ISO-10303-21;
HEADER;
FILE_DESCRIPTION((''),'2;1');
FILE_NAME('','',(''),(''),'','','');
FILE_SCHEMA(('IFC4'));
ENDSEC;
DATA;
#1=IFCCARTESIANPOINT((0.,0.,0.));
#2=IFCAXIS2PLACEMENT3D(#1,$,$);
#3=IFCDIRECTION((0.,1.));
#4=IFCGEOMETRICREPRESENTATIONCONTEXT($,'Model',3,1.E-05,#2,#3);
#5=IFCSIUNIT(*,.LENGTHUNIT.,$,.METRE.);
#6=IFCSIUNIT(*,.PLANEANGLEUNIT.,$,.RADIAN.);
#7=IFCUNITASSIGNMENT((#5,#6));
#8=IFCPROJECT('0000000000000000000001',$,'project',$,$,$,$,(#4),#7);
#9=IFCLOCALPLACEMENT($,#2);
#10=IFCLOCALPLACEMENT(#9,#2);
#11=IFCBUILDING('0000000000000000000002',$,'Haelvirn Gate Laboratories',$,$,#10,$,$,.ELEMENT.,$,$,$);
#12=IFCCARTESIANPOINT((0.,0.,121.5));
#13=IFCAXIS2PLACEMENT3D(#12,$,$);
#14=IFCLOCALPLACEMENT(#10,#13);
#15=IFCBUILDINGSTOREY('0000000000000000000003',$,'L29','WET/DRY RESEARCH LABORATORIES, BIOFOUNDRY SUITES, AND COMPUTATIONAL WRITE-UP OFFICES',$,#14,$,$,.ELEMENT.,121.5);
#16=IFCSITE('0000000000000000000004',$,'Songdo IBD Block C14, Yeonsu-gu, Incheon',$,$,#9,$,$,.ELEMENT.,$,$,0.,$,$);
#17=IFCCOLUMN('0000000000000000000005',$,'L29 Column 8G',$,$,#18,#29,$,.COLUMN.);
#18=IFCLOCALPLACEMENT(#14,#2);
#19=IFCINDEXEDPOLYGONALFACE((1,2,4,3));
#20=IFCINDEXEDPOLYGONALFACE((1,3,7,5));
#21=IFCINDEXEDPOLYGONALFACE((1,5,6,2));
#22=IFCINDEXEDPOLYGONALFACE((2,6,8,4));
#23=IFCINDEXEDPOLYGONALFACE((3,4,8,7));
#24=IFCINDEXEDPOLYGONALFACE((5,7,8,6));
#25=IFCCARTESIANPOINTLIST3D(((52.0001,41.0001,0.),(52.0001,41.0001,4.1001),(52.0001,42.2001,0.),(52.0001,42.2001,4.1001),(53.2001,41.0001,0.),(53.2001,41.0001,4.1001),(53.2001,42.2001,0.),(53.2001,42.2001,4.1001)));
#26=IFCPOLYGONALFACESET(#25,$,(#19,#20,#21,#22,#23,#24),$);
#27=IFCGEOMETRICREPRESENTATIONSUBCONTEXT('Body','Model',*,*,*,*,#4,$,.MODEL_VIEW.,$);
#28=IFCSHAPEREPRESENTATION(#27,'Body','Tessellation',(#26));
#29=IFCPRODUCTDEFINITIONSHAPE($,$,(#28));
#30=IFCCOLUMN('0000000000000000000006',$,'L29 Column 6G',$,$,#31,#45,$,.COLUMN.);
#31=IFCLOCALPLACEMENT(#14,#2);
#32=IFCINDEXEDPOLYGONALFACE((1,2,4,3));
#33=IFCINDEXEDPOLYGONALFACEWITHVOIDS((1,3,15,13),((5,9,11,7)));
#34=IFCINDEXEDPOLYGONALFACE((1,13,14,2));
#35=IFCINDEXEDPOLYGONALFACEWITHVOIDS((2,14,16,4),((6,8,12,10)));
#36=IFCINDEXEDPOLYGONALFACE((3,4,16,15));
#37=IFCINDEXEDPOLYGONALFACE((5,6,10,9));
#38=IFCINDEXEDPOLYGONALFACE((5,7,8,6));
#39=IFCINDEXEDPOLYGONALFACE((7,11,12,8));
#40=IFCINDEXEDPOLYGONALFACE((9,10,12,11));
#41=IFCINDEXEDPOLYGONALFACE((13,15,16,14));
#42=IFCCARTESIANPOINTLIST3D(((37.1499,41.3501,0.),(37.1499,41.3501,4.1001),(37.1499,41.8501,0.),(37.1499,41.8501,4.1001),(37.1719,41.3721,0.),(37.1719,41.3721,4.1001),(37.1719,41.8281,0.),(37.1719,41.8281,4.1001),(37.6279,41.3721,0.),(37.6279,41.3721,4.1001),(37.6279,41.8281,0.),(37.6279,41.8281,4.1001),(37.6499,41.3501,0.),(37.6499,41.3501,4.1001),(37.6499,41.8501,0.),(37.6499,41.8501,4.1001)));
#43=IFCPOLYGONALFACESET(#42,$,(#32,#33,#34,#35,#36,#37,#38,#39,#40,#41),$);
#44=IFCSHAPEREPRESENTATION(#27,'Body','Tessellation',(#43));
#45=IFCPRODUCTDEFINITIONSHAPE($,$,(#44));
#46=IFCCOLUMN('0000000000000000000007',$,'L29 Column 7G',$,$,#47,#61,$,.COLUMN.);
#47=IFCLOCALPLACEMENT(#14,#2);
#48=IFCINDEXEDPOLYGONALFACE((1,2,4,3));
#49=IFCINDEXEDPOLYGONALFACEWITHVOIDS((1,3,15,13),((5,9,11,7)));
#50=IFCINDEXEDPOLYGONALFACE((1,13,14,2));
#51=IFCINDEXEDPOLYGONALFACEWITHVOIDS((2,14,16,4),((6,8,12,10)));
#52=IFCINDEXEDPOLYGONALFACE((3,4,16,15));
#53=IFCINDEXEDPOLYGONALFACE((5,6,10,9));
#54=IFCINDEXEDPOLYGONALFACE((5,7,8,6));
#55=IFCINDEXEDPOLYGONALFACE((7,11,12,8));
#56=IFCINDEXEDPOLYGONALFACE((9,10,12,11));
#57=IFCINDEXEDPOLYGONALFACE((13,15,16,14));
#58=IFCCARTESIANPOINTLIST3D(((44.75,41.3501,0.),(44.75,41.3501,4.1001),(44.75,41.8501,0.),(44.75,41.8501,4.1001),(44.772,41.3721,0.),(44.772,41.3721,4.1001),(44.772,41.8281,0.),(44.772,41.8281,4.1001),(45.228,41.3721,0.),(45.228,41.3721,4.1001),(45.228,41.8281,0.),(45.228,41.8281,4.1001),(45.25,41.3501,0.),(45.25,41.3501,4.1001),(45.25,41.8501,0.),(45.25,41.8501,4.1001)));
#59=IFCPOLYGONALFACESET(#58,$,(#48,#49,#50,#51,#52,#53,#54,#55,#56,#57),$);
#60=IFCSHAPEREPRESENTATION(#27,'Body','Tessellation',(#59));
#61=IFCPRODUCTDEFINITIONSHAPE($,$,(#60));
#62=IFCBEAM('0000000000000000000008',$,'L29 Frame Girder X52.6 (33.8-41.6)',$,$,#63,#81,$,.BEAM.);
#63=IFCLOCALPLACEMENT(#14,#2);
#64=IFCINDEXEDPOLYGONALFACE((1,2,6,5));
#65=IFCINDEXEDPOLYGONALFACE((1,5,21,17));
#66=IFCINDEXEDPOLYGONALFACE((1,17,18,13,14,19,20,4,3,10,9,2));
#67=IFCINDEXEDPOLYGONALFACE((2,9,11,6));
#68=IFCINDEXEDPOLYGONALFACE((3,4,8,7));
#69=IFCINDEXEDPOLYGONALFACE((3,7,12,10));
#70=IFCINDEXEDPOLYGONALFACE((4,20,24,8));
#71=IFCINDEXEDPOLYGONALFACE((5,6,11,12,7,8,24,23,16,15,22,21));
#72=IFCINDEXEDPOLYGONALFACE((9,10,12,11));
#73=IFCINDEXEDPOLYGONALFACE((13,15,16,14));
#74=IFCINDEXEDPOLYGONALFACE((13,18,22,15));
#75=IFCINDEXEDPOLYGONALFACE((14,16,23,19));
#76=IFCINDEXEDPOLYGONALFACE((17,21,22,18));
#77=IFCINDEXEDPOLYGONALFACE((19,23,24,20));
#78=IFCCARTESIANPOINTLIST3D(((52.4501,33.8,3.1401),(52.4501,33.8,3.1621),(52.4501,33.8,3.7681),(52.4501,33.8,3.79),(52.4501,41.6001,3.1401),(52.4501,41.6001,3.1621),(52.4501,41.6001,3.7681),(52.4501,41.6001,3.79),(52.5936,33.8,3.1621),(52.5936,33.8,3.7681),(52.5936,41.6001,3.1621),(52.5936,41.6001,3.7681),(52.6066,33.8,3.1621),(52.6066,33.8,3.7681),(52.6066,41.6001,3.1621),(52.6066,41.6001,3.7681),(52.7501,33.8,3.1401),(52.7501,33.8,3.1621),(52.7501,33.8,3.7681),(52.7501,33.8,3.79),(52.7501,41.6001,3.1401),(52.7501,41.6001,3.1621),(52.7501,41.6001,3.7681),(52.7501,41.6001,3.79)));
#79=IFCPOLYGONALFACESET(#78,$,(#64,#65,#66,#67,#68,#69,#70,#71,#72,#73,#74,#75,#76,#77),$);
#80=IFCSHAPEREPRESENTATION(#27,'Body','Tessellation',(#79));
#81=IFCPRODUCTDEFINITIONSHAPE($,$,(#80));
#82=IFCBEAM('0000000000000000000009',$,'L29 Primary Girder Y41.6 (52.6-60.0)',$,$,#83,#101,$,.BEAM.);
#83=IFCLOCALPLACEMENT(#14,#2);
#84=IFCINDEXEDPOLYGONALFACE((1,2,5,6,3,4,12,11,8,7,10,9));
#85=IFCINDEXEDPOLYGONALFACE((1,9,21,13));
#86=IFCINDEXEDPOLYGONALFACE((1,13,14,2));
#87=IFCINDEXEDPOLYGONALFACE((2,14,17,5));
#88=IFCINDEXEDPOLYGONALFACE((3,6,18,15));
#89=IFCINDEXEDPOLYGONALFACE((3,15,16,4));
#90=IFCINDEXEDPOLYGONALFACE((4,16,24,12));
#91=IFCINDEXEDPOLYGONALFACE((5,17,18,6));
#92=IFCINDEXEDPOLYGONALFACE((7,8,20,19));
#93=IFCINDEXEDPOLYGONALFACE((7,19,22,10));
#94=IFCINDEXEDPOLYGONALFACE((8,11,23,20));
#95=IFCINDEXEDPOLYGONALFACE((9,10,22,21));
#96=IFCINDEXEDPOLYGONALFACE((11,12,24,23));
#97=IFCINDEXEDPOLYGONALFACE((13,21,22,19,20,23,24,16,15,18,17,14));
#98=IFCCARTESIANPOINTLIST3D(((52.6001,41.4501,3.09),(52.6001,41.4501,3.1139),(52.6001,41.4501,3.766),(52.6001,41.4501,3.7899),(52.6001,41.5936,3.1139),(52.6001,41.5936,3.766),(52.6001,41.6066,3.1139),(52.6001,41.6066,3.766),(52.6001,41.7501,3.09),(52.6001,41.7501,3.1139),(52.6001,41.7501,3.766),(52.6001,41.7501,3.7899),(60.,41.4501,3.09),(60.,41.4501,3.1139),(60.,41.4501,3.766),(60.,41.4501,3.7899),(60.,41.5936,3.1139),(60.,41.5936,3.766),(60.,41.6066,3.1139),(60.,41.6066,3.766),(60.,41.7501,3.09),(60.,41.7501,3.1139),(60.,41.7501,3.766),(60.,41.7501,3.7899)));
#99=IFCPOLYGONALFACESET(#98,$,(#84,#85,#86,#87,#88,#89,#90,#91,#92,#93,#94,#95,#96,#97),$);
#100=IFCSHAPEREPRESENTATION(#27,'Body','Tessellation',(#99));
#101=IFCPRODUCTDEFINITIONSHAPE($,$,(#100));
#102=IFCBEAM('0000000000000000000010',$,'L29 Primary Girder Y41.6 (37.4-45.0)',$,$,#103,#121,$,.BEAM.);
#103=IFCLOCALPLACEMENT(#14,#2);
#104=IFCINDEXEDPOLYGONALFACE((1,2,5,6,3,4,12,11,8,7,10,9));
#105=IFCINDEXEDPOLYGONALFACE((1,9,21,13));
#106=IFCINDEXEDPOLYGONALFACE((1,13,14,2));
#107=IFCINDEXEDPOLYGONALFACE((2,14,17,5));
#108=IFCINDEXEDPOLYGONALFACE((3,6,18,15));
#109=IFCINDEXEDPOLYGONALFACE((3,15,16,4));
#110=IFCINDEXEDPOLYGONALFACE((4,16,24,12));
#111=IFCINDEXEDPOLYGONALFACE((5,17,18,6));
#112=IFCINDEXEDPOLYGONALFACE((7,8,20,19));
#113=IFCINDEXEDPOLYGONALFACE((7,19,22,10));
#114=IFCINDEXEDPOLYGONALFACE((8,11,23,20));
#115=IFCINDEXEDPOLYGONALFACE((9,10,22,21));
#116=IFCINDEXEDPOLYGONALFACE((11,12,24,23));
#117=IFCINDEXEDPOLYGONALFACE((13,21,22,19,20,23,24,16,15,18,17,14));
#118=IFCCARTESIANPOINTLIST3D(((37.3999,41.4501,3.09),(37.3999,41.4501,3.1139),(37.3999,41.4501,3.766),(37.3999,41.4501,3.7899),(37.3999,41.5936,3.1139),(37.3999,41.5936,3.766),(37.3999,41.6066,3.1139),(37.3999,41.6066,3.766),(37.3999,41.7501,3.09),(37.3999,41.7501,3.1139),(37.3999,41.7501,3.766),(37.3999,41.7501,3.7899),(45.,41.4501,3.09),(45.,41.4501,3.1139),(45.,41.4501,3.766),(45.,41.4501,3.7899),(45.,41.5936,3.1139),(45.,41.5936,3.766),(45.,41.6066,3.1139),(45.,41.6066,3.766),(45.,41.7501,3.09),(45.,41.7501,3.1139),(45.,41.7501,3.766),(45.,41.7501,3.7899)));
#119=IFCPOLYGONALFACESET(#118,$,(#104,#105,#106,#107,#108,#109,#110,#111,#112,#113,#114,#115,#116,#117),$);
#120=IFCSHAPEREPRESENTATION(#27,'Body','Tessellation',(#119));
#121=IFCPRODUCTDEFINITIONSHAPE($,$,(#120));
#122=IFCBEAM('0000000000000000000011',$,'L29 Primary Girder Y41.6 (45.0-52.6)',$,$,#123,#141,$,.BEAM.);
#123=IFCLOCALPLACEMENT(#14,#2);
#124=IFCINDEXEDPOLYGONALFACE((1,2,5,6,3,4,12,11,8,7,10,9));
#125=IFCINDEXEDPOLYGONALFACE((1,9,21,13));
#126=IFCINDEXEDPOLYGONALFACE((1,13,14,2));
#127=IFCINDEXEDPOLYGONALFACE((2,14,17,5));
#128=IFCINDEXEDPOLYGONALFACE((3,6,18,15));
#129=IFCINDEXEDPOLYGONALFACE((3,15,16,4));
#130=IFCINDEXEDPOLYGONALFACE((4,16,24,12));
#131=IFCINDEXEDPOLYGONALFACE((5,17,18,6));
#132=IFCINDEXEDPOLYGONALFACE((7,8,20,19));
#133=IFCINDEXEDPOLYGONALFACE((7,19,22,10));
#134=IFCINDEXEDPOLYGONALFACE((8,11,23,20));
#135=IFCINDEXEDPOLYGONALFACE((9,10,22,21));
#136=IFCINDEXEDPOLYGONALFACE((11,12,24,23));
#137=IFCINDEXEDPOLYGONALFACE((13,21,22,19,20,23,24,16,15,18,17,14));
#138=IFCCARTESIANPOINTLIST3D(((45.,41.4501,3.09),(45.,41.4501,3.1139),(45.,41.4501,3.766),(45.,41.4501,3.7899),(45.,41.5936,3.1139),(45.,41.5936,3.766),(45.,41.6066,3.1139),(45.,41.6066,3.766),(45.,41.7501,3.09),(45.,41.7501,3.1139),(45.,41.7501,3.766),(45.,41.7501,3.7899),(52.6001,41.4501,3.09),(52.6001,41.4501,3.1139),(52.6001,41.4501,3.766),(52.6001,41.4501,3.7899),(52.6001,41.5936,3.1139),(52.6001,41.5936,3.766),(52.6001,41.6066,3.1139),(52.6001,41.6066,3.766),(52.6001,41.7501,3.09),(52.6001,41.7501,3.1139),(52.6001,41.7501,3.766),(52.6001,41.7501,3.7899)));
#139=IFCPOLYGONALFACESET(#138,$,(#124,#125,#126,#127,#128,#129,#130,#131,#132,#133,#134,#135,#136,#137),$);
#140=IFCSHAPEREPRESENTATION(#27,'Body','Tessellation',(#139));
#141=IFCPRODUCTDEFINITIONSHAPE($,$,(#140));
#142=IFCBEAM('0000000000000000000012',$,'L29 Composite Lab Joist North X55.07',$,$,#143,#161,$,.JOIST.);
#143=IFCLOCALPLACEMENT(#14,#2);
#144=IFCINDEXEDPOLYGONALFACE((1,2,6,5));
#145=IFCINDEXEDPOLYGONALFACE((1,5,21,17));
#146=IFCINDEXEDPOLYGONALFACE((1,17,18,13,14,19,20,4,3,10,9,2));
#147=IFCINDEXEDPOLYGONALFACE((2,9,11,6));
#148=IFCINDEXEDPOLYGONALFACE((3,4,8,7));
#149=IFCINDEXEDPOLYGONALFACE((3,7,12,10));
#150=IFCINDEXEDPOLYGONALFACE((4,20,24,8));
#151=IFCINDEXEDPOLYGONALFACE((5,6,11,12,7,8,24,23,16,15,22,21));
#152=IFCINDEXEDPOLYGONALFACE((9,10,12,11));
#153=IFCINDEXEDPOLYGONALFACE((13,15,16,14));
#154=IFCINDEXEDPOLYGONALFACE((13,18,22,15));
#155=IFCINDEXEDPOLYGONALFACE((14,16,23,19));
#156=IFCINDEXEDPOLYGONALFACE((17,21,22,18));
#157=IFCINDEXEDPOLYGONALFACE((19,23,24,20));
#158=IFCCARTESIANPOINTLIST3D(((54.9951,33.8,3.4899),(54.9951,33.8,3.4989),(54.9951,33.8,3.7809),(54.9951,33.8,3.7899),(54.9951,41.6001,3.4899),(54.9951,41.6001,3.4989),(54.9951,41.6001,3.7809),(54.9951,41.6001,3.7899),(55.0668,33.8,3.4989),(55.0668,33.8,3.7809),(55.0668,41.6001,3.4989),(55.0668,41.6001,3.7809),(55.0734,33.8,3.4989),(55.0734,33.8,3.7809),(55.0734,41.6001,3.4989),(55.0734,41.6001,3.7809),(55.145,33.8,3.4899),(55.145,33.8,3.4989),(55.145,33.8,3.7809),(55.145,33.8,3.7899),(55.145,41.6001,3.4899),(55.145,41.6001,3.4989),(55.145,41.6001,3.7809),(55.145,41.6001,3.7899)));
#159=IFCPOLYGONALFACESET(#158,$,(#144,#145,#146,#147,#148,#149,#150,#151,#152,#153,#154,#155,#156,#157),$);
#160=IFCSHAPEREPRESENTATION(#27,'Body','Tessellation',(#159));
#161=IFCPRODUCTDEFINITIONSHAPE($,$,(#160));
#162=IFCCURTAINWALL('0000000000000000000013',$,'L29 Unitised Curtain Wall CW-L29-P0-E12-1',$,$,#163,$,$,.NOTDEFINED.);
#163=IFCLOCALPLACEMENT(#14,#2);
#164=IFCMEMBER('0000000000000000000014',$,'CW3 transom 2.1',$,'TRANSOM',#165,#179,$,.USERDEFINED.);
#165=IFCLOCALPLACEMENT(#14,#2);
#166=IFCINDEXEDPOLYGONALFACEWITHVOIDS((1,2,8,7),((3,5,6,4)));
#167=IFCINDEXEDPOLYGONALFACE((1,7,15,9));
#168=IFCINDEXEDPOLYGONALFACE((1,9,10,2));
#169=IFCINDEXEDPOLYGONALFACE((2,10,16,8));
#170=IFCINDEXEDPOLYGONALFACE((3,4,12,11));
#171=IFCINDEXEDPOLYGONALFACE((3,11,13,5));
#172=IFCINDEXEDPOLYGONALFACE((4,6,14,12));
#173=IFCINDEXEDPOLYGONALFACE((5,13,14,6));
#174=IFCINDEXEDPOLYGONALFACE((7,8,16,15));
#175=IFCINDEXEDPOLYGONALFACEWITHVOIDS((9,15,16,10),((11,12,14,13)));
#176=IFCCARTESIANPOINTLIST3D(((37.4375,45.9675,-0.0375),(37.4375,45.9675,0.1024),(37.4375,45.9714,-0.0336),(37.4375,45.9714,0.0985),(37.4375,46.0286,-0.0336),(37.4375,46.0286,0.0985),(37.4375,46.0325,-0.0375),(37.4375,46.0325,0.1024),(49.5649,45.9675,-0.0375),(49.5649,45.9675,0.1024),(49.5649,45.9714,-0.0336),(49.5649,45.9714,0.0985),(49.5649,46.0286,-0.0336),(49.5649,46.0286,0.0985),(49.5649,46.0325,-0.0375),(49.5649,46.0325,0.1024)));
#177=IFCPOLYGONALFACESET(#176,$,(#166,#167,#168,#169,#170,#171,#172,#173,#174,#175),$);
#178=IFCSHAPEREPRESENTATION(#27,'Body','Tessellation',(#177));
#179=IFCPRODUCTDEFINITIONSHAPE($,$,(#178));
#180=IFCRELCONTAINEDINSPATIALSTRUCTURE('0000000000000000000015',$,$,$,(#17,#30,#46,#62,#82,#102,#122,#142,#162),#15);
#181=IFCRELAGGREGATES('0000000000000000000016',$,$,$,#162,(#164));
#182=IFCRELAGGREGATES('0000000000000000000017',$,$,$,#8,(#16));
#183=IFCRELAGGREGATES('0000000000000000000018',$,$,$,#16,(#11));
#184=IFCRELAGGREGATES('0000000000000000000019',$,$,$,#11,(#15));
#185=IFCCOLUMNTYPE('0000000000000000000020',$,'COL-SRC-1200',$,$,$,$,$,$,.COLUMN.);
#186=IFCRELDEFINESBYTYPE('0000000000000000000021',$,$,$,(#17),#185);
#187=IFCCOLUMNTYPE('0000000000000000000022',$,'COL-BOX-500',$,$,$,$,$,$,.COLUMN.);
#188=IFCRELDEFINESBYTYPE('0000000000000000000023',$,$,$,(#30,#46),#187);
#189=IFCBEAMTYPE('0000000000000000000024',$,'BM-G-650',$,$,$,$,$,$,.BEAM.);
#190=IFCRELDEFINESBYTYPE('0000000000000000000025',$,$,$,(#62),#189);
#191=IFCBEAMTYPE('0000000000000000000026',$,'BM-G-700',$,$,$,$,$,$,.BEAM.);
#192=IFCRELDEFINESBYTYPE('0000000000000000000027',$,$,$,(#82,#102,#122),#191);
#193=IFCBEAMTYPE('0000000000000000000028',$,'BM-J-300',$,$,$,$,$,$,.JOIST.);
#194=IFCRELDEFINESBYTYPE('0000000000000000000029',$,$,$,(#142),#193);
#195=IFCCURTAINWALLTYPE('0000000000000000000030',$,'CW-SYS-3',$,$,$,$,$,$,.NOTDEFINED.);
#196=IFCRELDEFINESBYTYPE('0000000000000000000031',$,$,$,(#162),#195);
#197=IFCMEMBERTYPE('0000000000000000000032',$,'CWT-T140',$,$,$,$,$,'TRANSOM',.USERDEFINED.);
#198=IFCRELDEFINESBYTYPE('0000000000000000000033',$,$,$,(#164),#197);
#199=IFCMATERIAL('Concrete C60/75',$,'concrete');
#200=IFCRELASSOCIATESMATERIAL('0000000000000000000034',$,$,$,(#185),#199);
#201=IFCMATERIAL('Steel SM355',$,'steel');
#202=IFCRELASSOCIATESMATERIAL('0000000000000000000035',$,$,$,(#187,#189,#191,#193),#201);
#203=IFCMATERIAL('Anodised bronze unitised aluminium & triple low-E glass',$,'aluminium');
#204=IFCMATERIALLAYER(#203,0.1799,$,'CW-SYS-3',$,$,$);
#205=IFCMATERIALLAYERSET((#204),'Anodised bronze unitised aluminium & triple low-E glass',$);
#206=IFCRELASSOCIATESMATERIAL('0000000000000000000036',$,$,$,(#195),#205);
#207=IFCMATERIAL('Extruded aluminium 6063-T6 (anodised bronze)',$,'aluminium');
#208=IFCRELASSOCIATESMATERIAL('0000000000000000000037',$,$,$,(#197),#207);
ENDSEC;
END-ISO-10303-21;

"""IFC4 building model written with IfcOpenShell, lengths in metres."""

from ifc_helpers import new_model, si_unit, direction, frame, origin, origin_2d, place, context, subcontext, project, spatial, rectangle, hollow_rectangle, i_section, extrude, source, transform, mapped, material, layer, layer_set, material_profile, profile_set, type_object, type_shapes, element, aggregate, save


model = new_model("IFC4")

# Units and contexts
model_context = context("Model", 3, precision=1e-05, world=origin(), true_north=direction((0.0, 1.0)))
body_context = subcontext(model_context, "Body", "Model", "MODEL_VIEW")
ifc_project = project(units=[si_unit("LENGTHUNIT", "METRE"), si_unit("PLANEANGLEUNIT", "RADIAN")], contexts=[model_context])

# Site, building, storey
site_placement = place(None, origin())
site = spatial("IfcSite", under=ifc_project, at=site_placement, Name="Songdo IBD Block C14, Yeonsu-gu, Incheon", CompositionType="ELEMENT", RefElevation=0.0)
building_placement = place(site_placement, origin())
building = spatial("IfcBuilding", under=site, at=building_placement, Name="Haelvirn Gate Laboratories", CompositionType="ELEMENT")
storey_placement = place(building_placement, frame((0.0, 0.0, 121.5)))
storey = spatial("IfcBuildingStorey", under=building, at=storey_placement, Name="L29", Description="WET/DRY RESEARCH LABORATORIES, BIOFOUNDRY SUITES, AND COMPUTATIONAL WRITE-UP OFFICES", CompositionType="ELEMENT", Elevation=121.5)

# Columns
ifc_material_1 = material(Name="Concrete C60/75", Category="concrete")
ifc_material_profile_1 = material_profile(ifc_material_1, rectangle(XDim=1.2, YDim=1.2, at=origin_2d()), Name="SRC-1200x1200")
ifc_profile_set_1 = profile_set([ifc_material_profile_1], Name="Concrete C60/75")
column_type_1 = type_object("IfcColumnType", Name="COL-SRC-1200", PredefinedType="COLUMN", material=ifc_profile_set_1)
shared_shape_1 = source(origin(), body_context, "Body", "SweptSolid", [
    extrude(rectangle(XDim=1.2, YDim=1.2, at=origin_2d()), origin(), (0.0, 0.0, 1.0), 4.1001),
])
type_shapes(column_type_1, [shared_shape_1])
column_placement = place(storey_placement, frame((52.6001, 41.6001, 0.0), z_axis=(0.0, 0.0, 1.0), x_axis=(1.0, 0.0, 0.0)))
element("IfcColumn", 1, at=column_placement, inside=storey, type_object=column_type_1, Name="L29 Column 8G", PredefinedType="COLUMN", context=body_context, shape_type="MappedRepresentation", body=[
    mapped(shared_shape_1, transform((0.0, 0.0, 0.0), scale=1.0)),
])
ifc_material_2 = material(Name="Steel SM355", Category="steel")
ifc_material_profile_2 = material_profile(ifc_material_2, hollow_rectangle(XDim=0.5, YDim=0.5, WallThickness=0.022, at=origin_2d()), Name="BOX-500x500x22")
ifc_profile_set_2 = profile_set([ifc_material_profile_2], Name="Steel SM355")
column_type_2 = type_object("IfcColumnType", Name="COL-BOX-500", PredefinedType="COLUMN", material=ifc_profile_set_2)
shared_shape_2 = source(origin(), body_context, "Body", "SweptSolid", [
    extrude(hollow_rectangle(XDim=0.5, YDim=0.5, WallThickness=0.022, at=origin_2d()), origin(), (0.0, 0.0, 1.0), 4.1001),
])
type_shapes(column_type_2, [shared_shape_2])
for number, where, z_axis, x_axis, name in (
    (2, (37.3999, 41.6001, 0.0), (0.0, 0.0, 1.0), (1.0, 0.0, 0.0), "L29 Column 6G"),
    (3, (45.0, 41.6001, 0.0), (0.0, 0.0, 1.0), (1.0, 0.0, 0.0), "L29 Column 7G"),
):
    element("IfcColumn", number, at=place(storey_placement, frame(where, z_axis=z_axis, x_axis=x_axis)), inside=storey, type_object=column_type_2, Name=name, PredefinedType="COLUMN", context=body_context, shape_type="MappedRepresentation", body=[
        mapped(shared_shape_2, transform((0.0, 0.0, 0.0), scale=1.0)),
    ])

# Beams
ifc_material_profile_3 = material_profile(ifc_material_2, i_section(OverallWidth=0.3, OverallDepth=0.6499, WebThickness=0.0129, FlangeThickness=0.022, at=origin_2d()), Name="H-650x300x13x22")
ifc_profile_set_3 = profile_set([ifc_material_profile_3], Name="Steel SM355")
beam_type_1 = type_object("IfcBeamType", Name="BM-G-650", PredefinedType="BEAM", material=ifc_profile_set_3)
shared_shape_3 = source(origin(), body_context, "Body", "SweptSolid", [
    extrude(i_section(OverallWidth=0.3, OverallDepth=0.6499, WebThickness=0.0129, FlangeThickness=0.022, at=origin_2d()), origin(), (0.0, 0.0, 1.0), 7.8),
])
type_shapes(beam_type_1, [shared_shape_3])
beam_1_placement = place(storey_placement, frame((52.6001, 33.8, 3.4651), z_axis=(0.0, 1.0, 0.0), x_axis=(-1.0, 0.0, 0.0)))
element("IfcBeam", 4, at=beam_1_placement, inside=storey, type_object=beam_type_1, Name="L29 Frame Girder X52.6 (33.8-41.6)", PredefinedType="BEAM", context=body_context, shape_type="MappedRepresentation", body=[
    mapped(shared_shape_3, transform((0.0, 0.0, 0.0), scale=1.0)),
])
ifc_material_profile_4 = material_profile(ifc_material_2, i_section(OverallWidth=0.3, OverallDepth=0.7, WebThickness=0.0129, FlangeThickness=0.0239, at=origin_2d()), Name="H-700x300x13x24")
ifc_profile_set_4 = profile_set([ifc_material_profile_4], Name="Steel SM355")
beam_type_2 = type_object("IfcBeamType", Name="BM-G-700", PredefinedType="BEAM", material=ifc_profile_set_4)
shared_shape_4 = source(origin(), body_context, "Body", "SweptSolid", [
    extrude(i_section(OverallWidth=0.3, OverallDepth=0.7, WebThickness=0.0129, FlangeThickness=0.0239, at=origin_2d()), origin(), (0.0, 0.0, 1.0), 7.3999),
])
beam_2_placement = place(storey_placement, frame((52.6001, 41.6001, 3.4399), z_axis=(1.0, 0.0, 0.0), x_axis=(0.0, 1.0, 0.0)))
element("IfcBeam", 5, at=beam_2_placement, inside=storey, type_object=beam_type_2, Name="L29 Primary Girder Y41.6 (52.6-60.0)", PredefinedType="BEAM", context=body_context, shape_type="MappedRepresentation", body=[
    mapped(shared_shape_4, transform((0.0, 0.0, 0.0), scale=1.0)),
])
shared_shape_5 = source(origin(), body_context, "Body", "SweptSolid", [
    extrude(i_section(OverallWidth=0.3, OverallDepth=0.7, WebThickness=0.0129, FlangeThickness=0.0239, at=origin_2d()), origin(), (0.0, 0.0, 1.0), 7.6001),
])
type_shapes(beam_type_2, [shared_shape_4, shared_shape_5])
for number, where, z_axis, x_axis, name in (
    (6, (37.3999, 41.6001, 3.4399), (1.0, 0.0, 0.0), (0.0, 1.0, 0.0), "L29 Primary Girder Y41.6 (37.4-45.0)"),
    (7, (45.0, 41.6001, 3.4399), (1.0, 0.0, 0.0), (0.0, 1.0, 0.0), "L29 Primary Girder Y41.6 (45.0-52.6)"),
):
    element("IfcBeam", number, at=place(storey_placement, frame(where, z_axis=z_axis, x_axis=x_axis)), inside=storey, type_object=beam_type_2, Name=name, PredefinedType="BEAM", context=body_context, shape_type="MappedRepresentation", body=[
        mapped(shared_shape_5, transform((0.0, 0.0, 0.0), scale=1.0)),
    ])
ifc_material_profile_5 = material_profile(ifc_material_2, i_section(OverallWidth=0.1499, OverallDepth=0.3, WebThickness=0.0066, FlangeThickness=0.009, at=origin_2d()), Name="H-300x150x6.5x9")
ifc_profile_set_5 = profile_set([ifc_material_profile_5], Name="Steel SM355")
beam_type_3 = type_object("IfcBeamType", Name="BM-J-300", PredefinedType="JOIST", material=ifc_profile_set_5)
shared_shape_6 = source(origin(), body_context, "Body", "SweptSolid", [
    extrude(i_section(OverallWidth=0.1499, OverallDepth=0.3, WebThickness=0.0066, FlangeThickness=0.009, at=origin_2d()), origin(), (0.0, 0.0, 1.0), 7.8),
])
type_shapes(beam_type_3, [shared_shape_6])
beam_3_placement = place(storey_placement, frame((55.0701, 33.8, 3.6399), z_axis=(0.0, 1.0, 0.0), x_axis=(-1.0, 0.0, 0.0)))
element("IfcBeam", 8, at=beam_3_placement, inside=storey, type_object=beam_type_3, Name="L29 Composite Lab Joist North X55.07", PredefinedType="JOIST", context=body_context, shape_type="MappedRepresentation", body=[
    mapped(shared_shape_6, transform((0.0, 0.0, 0.0), scale=1.0)),
])

# Curtain wall, member
ifc_material_3 = material(Name="Anodised bronze unitised aluminium & triple low-E glass", Category="aluminium")
ifc_layer_1 = layer(ifc_material_3, 0.1799, Name="CW-SYS-3")
ifc_layer_set_1 = layer_set([ifc_layer_1], Name="Anodised bronze unitised aluminium & triple low-E glass")
curtain_wall_type = type_object("IfcCurtainWallType", Name="CW-SYS-3", PredefinedType="NOTDEFINED", material=ifc_layer_set_1)
curtain_wall_1_placement = place(storey_placement, origin())
curtain_wall_1 = element("IfcCurtainWall", 9, at=curtain_wall_1_placement, inside=storey, type_object=curtain_wall_type, Name="L29 Unitised Curtain Wall CW-L29-P0-E12-1", PredefinedType="NOTDEFINED")
ifc_material_4 = material(Name="Extruded aluminium 6063-T6 (anodised bronze)", Category="aluminium")
ifc_material_profile_6 = material_profile(ifc_material_4, hollow_rectangle(XDim=0.0649, YDim=0.1399, WallThickness=0.0039, at=origin_2d()), Name="CWT-140x65x4")
ifc_profile_set_6 = profile_set([ifc_material_profile_6], Name="Extruded aluminium 6063-T6 (anodised bronze)")
member_type_1 = type_object("IfcMemberType", Name="CWT-T140", ElementType="TRANSOM", PredefinedType="USERDEFINED", material=ifc_profile_set_6)
shared_shape_7 = source(origin(), body_context, "Body", "SweptSolid", [
    extrude(hollow_rectangle(XDim=0.0649, YDim=0.1399, WallThickness=0.0039, at=origin_2d()), origin(), (0.0, 0.0, 1.0), 12.1274),
])
member_1_placement = place(storey_placement, frame((37.4375, 46.0, 0.0325), z_axis=(1.0, 0.0, 0.0), x_axis=(0.0, 1.0, 0.0)))
member_1 = element("IfcMember", 10, at=member_1_placement, type_object=member_type_1, Name="CW3 transom 2.1", ObjectType="TRANSOM", PredefinedType="USERDEFINED", context=body_context, shape_type="MappedRepresentation", body=[
    mapped(shared_shape_7, transform((0.0, 0.0, 0.0), scale=1.0)),
])

aggregate(curtain_wall_1, [member_1])

save(model, "model.ifc")
